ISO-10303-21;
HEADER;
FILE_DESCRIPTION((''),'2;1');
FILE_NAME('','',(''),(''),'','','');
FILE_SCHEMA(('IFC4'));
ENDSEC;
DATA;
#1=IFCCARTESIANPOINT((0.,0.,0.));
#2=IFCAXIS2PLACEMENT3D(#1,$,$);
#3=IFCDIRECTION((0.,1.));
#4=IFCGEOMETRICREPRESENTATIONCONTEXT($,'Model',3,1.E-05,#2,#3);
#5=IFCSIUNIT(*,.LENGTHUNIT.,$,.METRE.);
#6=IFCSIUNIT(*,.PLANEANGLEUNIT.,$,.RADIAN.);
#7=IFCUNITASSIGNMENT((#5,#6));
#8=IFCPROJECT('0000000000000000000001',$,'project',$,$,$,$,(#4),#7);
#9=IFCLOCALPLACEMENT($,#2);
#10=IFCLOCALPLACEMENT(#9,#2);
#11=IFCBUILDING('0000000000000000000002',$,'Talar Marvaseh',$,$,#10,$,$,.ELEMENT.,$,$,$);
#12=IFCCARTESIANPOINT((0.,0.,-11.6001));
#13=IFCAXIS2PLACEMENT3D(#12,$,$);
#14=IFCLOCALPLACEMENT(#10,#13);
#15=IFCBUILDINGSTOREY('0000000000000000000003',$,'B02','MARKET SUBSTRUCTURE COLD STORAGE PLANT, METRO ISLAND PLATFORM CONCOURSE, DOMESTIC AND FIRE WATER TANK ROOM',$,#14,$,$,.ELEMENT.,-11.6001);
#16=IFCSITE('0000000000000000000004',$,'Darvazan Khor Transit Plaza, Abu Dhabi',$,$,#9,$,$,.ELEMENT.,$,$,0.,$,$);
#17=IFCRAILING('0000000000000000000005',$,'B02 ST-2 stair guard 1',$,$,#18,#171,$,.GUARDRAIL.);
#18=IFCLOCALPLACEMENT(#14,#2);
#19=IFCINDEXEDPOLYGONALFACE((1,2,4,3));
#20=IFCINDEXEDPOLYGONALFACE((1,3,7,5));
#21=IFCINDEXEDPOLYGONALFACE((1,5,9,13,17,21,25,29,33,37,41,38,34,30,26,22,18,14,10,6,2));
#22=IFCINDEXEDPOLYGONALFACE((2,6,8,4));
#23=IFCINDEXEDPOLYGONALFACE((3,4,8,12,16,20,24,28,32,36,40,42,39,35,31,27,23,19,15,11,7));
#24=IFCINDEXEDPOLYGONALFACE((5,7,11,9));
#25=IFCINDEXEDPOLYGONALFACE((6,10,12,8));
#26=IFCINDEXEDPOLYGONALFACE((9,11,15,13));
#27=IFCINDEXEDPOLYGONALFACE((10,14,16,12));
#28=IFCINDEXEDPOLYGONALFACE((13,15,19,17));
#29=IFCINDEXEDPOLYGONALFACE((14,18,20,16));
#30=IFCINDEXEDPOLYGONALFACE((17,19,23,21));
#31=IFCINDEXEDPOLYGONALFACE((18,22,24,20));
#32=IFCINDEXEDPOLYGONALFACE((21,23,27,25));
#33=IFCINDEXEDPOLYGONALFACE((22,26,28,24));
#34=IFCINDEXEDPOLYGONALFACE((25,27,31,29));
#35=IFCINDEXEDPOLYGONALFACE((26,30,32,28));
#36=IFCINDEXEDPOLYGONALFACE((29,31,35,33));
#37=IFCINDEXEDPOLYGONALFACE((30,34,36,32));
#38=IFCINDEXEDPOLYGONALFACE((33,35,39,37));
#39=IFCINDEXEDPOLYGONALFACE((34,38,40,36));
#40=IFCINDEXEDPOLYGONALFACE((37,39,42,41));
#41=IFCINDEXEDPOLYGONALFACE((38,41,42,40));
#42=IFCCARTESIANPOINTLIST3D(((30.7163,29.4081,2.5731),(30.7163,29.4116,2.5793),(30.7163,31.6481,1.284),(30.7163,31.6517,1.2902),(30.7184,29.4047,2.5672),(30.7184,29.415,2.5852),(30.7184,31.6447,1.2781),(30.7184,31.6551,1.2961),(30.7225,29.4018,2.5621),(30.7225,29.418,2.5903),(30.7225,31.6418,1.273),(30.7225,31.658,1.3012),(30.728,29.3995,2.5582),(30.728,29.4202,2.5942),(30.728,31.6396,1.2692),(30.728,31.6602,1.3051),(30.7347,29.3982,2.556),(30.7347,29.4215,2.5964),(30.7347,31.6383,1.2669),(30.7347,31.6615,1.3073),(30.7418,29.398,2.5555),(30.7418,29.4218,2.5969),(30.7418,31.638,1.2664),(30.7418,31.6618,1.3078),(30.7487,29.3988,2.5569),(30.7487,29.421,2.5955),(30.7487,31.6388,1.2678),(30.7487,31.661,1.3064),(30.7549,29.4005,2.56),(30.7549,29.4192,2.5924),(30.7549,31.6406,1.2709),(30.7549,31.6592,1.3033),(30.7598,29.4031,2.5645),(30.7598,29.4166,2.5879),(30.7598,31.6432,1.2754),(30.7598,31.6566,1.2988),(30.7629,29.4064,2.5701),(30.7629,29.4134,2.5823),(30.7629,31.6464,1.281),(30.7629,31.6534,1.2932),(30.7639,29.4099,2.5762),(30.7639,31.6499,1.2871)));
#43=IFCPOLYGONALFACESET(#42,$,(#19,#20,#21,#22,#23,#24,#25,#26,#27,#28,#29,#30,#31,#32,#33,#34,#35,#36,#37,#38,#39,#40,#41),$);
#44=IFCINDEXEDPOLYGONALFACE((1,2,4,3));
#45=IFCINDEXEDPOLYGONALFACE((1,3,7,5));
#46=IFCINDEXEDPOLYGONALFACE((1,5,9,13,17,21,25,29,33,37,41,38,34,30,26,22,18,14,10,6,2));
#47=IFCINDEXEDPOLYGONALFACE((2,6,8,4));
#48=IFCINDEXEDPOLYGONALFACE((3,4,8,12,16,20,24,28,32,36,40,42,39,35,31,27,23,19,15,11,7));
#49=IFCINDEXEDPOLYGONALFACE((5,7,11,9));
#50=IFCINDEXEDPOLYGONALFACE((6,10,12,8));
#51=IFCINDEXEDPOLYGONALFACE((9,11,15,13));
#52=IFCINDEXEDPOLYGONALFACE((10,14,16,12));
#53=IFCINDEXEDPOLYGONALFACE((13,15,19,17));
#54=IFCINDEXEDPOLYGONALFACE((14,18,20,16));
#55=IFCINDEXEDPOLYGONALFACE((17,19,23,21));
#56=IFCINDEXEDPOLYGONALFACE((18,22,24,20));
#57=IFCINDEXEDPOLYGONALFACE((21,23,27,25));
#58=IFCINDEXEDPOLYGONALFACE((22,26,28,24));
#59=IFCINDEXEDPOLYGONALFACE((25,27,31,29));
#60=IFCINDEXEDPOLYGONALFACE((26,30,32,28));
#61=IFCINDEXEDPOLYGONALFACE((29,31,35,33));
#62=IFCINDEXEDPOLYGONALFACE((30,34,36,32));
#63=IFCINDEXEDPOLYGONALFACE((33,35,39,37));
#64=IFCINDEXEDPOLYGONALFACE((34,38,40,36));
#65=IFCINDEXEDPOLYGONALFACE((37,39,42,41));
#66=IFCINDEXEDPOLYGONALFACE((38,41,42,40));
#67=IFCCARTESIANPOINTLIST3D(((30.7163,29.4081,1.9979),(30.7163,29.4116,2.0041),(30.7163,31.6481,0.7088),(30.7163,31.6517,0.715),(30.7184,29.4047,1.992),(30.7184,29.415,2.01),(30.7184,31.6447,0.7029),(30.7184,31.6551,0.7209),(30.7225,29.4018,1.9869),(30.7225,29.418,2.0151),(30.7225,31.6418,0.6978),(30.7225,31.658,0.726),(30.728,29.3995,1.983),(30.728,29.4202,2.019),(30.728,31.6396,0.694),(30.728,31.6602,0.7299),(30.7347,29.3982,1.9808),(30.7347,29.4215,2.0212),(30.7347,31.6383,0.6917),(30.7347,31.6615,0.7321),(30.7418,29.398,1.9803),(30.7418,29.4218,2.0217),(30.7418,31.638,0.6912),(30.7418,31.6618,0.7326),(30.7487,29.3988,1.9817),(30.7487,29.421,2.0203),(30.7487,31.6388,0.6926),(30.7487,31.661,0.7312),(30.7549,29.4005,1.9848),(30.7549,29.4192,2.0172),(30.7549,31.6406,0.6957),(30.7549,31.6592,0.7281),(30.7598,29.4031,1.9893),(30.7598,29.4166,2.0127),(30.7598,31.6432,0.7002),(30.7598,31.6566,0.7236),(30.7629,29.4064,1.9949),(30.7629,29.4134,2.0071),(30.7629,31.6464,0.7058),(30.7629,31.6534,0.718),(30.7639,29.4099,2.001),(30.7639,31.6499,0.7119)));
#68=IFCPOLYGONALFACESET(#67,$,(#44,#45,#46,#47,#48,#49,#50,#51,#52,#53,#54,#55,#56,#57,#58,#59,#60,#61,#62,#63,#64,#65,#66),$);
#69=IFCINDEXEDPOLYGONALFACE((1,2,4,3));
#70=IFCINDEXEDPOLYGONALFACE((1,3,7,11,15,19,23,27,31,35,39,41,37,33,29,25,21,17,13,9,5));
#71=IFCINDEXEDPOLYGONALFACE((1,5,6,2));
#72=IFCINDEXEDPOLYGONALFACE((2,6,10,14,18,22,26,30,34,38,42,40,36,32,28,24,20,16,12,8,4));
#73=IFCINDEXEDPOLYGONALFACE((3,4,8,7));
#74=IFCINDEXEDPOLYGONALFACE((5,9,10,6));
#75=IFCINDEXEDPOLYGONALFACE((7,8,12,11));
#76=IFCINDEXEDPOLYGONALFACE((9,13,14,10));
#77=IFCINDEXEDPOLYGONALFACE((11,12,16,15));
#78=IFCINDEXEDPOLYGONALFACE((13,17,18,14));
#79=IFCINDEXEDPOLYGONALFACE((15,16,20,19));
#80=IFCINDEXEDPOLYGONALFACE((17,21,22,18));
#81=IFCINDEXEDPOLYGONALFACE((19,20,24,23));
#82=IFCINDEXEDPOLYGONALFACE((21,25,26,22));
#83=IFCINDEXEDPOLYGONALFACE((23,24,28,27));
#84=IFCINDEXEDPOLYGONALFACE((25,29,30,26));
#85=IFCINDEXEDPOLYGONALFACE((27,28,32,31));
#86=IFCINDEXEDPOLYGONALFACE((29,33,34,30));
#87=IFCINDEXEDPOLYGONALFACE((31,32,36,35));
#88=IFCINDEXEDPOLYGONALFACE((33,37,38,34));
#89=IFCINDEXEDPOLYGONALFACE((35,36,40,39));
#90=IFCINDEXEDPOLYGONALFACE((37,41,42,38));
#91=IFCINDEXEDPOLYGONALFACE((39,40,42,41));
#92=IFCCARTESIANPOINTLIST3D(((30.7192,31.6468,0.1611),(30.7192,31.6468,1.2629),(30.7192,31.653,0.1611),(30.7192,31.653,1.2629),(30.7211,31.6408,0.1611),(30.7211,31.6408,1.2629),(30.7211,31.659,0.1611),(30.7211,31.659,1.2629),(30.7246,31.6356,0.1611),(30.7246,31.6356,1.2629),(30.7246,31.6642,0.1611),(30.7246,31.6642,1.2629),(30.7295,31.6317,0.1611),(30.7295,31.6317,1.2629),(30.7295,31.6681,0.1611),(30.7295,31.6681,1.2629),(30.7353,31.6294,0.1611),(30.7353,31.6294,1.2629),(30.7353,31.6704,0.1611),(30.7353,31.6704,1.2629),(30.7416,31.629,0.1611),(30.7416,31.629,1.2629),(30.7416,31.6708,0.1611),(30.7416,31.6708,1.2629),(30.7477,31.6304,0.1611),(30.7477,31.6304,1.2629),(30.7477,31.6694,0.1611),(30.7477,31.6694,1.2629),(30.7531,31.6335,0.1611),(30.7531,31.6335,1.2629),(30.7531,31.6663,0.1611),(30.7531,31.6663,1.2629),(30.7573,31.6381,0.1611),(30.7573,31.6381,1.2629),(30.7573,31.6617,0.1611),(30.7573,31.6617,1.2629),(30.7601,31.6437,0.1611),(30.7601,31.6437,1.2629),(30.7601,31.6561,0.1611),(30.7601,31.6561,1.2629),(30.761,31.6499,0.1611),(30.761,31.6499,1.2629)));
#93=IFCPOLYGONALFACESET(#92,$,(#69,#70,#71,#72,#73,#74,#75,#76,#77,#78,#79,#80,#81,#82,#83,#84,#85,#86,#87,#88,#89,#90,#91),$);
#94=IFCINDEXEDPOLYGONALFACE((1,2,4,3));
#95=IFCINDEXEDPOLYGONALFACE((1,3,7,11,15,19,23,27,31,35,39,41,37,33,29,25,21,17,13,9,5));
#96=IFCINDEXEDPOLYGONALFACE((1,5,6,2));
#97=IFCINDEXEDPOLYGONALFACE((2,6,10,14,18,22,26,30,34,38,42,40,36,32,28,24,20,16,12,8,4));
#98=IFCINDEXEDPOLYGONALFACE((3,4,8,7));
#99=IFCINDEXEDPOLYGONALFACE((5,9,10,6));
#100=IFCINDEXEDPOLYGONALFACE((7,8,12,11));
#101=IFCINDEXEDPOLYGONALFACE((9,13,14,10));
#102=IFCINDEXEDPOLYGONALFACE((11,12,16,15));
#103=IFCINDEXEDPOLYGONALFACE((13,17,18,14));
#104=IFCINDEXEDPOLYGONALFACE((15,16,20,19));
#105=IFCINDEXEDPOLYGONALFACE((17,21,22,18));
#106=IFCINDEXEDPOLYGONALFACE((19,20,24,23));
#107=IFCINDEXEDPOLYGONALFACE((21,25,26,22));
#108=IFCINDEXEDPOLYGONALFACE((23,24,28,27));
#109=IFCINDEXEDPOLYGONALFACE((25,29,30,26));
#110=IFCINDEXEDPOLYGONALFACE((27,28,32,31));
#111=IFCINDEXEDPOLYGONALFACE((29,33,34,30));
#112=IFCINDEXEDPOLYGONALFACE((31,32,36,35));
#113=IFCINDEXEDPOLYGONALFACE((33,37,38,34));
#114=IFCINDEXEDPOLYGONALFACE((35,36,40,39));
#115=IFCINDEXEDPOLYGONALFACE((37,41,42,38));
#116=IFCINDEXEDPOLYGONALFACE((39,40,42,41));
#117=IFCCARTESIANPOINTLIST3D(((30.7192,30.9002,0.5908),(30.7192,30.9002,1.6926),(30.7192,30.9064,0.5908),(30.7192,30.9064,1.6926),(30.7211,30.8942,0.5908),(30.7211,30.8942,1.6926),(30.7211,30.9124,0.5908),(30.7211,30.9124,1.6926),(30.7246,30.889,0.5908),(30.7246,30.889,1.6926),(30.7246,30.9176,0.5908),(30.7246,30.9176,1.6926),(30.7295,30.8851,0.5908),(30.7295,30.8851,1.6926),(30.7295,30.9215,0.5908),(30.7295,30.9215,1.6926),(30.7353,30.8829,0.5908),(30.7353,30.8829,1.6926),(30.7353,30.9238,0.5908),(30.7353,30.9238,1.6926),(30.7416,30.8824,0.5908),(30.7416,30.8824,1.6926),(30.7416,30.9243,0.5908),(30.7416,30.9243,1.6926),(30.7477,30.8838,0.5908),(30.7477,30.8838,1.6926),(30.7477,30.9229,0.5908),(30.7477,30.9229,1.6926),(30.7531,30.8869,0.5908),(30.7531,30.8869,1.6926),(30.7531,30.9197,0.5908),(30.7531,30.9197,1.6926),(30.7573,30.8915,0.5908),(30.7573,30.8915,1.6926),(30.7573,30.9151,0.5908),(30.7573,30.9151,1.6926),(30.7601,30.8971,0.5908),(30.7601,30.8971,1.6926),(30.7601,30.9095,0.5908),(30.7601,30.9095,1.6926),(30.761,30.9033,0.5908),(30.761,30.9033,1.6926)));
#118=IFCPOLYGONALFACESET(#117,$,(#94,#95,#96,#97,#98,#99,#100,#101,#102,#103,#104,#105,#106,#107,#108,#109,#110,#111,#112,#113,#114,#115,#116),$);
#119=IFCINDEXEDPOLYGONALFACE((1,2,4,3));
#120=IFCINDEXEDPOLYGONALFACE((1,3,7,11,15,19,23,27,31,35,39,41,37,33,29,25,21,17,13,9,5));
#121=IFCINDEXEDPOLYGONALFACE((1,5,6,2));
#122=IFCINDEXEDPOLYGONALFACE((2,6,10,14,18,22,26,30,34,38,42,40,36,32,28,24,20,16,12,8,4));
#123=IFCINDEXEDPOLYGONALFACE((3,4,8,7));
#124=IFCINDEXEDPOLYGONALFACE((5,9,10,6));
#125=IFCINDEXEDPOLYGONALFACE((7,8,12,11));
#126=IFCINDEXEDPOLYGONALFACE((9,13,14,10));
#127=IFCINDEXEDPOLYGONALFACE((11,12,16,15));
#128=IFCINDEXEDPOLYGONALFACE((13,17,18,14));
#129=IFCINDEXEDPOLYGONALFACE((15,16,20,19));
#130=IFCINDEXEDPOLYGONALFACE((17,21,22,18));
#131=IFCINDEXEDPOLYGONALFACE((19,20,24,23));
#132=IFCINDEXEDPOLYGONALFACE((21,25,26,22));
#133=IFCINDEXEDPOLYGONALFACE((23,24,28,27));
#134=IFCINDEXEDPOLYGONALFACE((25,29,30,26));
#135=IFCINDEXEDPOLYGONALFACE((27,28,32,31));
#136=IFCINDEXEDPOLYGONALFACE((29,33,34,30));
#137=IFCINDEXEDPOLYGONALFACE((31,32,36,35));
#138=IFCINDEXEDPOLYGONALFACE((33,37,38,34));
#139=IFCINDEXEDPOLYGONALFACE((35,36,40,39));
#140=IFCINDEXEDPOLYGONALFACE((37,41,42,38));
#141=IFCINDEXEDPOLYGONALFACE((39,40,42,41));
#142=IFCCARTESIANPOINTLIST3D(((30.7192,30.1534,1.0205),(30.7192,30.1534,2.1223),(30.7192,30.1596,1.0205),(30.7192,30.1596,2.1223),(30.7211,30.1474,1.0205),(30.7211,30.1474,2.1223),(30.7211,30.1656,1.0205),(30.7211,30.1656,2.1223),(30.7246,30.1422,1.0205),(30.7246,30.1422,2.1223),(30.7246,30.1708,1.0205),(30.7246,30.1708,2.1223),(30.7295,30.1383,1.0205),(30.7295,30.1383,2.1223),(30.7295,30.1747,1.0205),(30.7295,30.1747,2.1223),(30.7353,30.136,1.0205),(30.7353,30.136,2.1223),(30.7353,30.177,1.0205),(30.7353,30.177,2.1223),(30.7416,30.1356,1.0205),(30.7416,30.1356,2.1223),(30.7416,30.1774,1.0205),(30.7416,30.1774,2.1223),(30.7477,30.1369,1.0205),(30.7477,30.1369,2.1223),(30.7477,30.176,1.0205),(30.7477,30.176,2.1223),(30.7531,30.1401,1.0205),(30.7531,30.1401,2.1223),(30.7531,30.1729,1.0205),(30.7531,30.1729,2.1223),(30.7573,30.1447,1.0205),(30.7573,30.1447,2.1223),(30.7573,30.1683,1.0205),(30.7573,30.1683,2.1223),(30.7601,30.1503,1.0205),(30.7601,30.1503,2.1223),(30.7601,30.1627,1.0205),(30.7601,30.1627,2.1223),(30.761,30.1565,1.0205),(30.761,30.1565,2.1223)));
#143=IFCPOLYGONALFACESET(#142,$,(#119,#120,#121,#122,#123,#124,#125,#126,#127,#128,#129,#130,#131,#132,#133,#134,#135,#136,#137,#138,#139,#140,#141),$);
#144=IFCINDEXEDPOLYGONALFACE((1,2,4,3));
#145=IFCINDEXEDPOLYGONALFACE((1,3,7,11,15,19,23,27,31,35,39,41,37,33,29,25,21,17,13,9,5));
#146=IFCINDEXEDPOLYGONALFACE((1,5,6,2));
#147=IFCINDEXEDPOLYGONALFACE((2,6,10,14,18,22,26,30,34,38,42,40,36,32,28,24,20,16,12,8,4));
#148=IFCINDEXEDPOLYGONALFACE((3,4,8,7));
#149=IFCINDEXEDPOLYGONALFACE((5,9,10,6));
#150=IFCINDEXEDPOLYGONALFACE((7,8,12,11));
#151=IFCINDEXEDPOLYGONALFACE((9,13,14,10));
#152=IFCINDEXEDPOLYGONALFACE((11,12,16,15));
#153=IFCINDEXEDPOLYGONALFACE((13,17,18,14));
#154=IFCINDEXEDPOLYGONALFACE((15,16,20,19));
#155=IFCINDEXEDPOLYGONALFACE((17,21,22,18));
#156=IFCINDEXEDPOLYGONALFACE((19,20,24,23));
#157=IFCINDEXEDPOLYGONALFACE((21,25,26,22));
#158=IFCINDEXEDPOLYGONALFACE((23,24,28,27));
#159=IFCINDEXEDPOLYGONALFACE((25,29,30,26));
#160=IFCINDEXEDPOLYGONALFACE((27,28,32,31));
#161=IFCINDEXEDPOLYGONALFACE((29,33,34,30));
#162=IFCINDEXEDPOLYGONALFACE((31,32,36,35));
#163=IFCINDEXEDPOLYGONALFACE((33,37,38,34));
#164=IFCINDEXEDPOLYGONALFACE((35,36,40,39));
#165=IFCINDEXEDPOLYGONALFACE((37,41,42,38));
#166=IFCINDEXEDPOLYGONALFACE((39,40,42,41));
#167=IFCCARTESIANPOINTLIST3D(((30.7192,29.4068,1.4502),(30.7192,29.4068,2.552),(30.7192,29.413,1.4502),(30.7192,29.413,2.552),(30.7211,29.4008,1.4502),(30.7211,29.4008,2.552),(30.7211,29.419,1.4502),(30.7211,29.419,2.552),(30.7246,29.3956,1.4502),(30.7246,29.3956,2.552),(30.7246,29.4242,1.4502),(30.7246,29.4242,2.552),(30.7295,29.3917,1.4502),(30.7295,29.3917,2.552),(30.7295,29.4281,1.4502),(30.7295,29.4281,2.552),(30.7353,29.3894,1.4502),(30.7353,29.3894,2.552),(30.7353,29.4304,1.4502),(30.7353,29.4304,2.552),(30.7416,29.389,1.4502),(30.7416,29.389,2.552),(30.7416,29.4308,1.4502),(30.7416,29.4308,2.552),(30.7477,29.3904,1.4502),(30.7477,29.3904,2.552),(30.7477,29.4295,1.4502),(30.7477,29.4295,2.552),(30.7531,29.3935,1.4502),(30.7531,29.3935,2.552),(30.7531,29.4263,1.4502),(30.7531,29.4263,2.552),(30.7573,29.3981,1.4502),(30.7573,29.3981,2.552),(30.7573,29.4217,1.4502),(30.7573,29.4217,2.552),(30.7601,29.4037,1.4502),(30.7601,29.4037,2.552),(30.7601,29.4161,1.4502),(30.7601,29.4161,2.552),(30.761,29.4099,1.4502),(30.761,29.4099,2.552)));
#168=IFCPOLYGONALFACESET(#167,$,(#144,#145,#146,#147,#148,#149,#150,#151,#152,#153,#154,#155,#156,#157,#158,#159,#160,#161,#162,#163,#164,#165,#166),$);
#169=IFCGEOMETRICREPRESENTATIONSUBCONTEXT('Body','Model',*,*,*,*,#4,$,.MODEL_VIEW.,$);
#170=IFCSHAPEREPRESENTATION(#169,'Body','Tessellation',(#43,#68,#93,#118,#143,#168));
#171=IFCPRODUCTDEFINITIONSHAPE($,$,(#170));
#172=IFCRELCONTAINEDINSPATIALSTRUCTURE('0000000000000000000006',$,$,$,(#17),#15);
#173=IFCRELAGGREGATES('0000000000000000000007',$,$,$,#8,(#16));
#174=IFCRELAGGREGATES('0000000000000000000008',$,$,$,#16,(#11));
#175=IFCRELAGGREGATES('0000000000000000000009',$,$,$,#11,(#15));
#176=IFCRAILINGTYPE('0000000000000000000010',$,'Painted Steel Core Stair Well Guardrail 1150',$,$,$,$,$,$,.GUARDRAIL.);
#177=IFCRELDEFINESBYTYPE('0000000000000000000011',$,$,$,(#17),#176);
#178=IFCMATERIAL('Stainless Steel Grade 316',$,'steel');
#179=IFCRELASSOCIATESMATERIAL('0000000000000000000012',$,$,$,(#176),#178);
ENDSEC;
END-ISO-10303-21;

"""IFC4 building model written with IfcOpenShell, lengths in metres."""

from ifc_helpers import new_model, si_unit, direction, frame, origin, origin_2d, place, context, subcontext, project, spatial, circle, extrude, material, type_object, element, save


model = new_model("IFC4")

# Units and contexts
model_context = context("Model", 3, precision=1e-05, world=origin(), true_north=direction((0.0, 1.0)))
body_context = subcontext(model_context, "Body", "Model", "MODEL_VIEW")
ifc_project = project(units=[si_unit("LENGTHUNIT", "METRE"), si_unit("PLANEANGLEUNIT", "RADIAN")], contexts=[model_context])

# Site, building, storey
site_placement = place(None, origin())
site = spatial("IfcSite", under=ifc_project, at=site_placement, Name="Darvazan Khor Transit Plaza, Abu Dhabi", CompositionType="ELEMENT", RefElevation=0.0)
building_placement = place(site_placement, origin())
building = spatial("IfcBuilding", under=site, at=building_placement, Name="Talar Marvaseh", CompositionType="ELEMENT")
storey_placement = place(building_placement, frame((0.0, 0.0, -11.6001)))
storey = spatial("IfcBuildingStorey", under=building, at=storey_placement, Name="B02", Description="MARKET SUBSTRUCTURE COLD STORAGE PLANT, METRO ISLAND PLATFORM CONCOURSE, DOMESTIC AND FIRE WATER TANK ROOM", CompositionType="ELEMENT", Elevation=-11.6001)

# Railing
ifc_material_1 = material(Name="Stainless Steel Grade 316", Category="steel")
railing_type_1 = type_object("IfcRailingType", Name="Painted Steel Core Stair Well Guardrail 1150", PredefinedType="GUARDRAIL", material=ifc_material_1)
railing_1_placement = place(storey_placement, frame((30.74, 31.6499, 0.1611)))
element("IfcRailing", 1, at=railing_1_placement, inside=storey, type_object=railing_type_1, Name="B02 ST-2 stair guard 1", PredefinedType="GUARDRAIL", context=body_context, shape_type="SweptSolid", body=[
    extrude(circle(Radius=0.0239, at=origin_2d()), frame((0.0, 0.0, 1.126), z_axis=(0.0, -0.866728, 0.498782), x_axis=(1.0, 0.0, 0.0)), (0.0, 0.0, 1.0), 2.5845),
    extrude(circle(Radius=0.0239, at=origin_2d()), frame((0.0, 0.0, 0.5508), z_axis=(0.0, -0.866728, 0.498782), x_axis=(1.0, 0.0, 0.0)), (0.0, 0.0, 1.0), 2.5845),
    extrude(circle(Radius=0.021, at=origin_2d()), origin(), (0.0, 0.0, 1.0), 1.1018),
    extrude(circle(Radius=0.021, at=origin_2d()), frame((0.0, -0.7466, 0.4297)), (0.0, 0.0, 1.0), 1.1018),
    extrude(circle(Radius=0.021, at=origin_2d()), frame((0.0, -1.4934, 0.8594)), (0.0, 0.0, 1.0), 1.1018),
    extrude(circle(Radius=0.021, at=origin_2d()), frame((0.0, -2.24, 1.2891)), (0.0, 0.0, 1.0), 1.1018),
])

save(model, "model.ifc")
